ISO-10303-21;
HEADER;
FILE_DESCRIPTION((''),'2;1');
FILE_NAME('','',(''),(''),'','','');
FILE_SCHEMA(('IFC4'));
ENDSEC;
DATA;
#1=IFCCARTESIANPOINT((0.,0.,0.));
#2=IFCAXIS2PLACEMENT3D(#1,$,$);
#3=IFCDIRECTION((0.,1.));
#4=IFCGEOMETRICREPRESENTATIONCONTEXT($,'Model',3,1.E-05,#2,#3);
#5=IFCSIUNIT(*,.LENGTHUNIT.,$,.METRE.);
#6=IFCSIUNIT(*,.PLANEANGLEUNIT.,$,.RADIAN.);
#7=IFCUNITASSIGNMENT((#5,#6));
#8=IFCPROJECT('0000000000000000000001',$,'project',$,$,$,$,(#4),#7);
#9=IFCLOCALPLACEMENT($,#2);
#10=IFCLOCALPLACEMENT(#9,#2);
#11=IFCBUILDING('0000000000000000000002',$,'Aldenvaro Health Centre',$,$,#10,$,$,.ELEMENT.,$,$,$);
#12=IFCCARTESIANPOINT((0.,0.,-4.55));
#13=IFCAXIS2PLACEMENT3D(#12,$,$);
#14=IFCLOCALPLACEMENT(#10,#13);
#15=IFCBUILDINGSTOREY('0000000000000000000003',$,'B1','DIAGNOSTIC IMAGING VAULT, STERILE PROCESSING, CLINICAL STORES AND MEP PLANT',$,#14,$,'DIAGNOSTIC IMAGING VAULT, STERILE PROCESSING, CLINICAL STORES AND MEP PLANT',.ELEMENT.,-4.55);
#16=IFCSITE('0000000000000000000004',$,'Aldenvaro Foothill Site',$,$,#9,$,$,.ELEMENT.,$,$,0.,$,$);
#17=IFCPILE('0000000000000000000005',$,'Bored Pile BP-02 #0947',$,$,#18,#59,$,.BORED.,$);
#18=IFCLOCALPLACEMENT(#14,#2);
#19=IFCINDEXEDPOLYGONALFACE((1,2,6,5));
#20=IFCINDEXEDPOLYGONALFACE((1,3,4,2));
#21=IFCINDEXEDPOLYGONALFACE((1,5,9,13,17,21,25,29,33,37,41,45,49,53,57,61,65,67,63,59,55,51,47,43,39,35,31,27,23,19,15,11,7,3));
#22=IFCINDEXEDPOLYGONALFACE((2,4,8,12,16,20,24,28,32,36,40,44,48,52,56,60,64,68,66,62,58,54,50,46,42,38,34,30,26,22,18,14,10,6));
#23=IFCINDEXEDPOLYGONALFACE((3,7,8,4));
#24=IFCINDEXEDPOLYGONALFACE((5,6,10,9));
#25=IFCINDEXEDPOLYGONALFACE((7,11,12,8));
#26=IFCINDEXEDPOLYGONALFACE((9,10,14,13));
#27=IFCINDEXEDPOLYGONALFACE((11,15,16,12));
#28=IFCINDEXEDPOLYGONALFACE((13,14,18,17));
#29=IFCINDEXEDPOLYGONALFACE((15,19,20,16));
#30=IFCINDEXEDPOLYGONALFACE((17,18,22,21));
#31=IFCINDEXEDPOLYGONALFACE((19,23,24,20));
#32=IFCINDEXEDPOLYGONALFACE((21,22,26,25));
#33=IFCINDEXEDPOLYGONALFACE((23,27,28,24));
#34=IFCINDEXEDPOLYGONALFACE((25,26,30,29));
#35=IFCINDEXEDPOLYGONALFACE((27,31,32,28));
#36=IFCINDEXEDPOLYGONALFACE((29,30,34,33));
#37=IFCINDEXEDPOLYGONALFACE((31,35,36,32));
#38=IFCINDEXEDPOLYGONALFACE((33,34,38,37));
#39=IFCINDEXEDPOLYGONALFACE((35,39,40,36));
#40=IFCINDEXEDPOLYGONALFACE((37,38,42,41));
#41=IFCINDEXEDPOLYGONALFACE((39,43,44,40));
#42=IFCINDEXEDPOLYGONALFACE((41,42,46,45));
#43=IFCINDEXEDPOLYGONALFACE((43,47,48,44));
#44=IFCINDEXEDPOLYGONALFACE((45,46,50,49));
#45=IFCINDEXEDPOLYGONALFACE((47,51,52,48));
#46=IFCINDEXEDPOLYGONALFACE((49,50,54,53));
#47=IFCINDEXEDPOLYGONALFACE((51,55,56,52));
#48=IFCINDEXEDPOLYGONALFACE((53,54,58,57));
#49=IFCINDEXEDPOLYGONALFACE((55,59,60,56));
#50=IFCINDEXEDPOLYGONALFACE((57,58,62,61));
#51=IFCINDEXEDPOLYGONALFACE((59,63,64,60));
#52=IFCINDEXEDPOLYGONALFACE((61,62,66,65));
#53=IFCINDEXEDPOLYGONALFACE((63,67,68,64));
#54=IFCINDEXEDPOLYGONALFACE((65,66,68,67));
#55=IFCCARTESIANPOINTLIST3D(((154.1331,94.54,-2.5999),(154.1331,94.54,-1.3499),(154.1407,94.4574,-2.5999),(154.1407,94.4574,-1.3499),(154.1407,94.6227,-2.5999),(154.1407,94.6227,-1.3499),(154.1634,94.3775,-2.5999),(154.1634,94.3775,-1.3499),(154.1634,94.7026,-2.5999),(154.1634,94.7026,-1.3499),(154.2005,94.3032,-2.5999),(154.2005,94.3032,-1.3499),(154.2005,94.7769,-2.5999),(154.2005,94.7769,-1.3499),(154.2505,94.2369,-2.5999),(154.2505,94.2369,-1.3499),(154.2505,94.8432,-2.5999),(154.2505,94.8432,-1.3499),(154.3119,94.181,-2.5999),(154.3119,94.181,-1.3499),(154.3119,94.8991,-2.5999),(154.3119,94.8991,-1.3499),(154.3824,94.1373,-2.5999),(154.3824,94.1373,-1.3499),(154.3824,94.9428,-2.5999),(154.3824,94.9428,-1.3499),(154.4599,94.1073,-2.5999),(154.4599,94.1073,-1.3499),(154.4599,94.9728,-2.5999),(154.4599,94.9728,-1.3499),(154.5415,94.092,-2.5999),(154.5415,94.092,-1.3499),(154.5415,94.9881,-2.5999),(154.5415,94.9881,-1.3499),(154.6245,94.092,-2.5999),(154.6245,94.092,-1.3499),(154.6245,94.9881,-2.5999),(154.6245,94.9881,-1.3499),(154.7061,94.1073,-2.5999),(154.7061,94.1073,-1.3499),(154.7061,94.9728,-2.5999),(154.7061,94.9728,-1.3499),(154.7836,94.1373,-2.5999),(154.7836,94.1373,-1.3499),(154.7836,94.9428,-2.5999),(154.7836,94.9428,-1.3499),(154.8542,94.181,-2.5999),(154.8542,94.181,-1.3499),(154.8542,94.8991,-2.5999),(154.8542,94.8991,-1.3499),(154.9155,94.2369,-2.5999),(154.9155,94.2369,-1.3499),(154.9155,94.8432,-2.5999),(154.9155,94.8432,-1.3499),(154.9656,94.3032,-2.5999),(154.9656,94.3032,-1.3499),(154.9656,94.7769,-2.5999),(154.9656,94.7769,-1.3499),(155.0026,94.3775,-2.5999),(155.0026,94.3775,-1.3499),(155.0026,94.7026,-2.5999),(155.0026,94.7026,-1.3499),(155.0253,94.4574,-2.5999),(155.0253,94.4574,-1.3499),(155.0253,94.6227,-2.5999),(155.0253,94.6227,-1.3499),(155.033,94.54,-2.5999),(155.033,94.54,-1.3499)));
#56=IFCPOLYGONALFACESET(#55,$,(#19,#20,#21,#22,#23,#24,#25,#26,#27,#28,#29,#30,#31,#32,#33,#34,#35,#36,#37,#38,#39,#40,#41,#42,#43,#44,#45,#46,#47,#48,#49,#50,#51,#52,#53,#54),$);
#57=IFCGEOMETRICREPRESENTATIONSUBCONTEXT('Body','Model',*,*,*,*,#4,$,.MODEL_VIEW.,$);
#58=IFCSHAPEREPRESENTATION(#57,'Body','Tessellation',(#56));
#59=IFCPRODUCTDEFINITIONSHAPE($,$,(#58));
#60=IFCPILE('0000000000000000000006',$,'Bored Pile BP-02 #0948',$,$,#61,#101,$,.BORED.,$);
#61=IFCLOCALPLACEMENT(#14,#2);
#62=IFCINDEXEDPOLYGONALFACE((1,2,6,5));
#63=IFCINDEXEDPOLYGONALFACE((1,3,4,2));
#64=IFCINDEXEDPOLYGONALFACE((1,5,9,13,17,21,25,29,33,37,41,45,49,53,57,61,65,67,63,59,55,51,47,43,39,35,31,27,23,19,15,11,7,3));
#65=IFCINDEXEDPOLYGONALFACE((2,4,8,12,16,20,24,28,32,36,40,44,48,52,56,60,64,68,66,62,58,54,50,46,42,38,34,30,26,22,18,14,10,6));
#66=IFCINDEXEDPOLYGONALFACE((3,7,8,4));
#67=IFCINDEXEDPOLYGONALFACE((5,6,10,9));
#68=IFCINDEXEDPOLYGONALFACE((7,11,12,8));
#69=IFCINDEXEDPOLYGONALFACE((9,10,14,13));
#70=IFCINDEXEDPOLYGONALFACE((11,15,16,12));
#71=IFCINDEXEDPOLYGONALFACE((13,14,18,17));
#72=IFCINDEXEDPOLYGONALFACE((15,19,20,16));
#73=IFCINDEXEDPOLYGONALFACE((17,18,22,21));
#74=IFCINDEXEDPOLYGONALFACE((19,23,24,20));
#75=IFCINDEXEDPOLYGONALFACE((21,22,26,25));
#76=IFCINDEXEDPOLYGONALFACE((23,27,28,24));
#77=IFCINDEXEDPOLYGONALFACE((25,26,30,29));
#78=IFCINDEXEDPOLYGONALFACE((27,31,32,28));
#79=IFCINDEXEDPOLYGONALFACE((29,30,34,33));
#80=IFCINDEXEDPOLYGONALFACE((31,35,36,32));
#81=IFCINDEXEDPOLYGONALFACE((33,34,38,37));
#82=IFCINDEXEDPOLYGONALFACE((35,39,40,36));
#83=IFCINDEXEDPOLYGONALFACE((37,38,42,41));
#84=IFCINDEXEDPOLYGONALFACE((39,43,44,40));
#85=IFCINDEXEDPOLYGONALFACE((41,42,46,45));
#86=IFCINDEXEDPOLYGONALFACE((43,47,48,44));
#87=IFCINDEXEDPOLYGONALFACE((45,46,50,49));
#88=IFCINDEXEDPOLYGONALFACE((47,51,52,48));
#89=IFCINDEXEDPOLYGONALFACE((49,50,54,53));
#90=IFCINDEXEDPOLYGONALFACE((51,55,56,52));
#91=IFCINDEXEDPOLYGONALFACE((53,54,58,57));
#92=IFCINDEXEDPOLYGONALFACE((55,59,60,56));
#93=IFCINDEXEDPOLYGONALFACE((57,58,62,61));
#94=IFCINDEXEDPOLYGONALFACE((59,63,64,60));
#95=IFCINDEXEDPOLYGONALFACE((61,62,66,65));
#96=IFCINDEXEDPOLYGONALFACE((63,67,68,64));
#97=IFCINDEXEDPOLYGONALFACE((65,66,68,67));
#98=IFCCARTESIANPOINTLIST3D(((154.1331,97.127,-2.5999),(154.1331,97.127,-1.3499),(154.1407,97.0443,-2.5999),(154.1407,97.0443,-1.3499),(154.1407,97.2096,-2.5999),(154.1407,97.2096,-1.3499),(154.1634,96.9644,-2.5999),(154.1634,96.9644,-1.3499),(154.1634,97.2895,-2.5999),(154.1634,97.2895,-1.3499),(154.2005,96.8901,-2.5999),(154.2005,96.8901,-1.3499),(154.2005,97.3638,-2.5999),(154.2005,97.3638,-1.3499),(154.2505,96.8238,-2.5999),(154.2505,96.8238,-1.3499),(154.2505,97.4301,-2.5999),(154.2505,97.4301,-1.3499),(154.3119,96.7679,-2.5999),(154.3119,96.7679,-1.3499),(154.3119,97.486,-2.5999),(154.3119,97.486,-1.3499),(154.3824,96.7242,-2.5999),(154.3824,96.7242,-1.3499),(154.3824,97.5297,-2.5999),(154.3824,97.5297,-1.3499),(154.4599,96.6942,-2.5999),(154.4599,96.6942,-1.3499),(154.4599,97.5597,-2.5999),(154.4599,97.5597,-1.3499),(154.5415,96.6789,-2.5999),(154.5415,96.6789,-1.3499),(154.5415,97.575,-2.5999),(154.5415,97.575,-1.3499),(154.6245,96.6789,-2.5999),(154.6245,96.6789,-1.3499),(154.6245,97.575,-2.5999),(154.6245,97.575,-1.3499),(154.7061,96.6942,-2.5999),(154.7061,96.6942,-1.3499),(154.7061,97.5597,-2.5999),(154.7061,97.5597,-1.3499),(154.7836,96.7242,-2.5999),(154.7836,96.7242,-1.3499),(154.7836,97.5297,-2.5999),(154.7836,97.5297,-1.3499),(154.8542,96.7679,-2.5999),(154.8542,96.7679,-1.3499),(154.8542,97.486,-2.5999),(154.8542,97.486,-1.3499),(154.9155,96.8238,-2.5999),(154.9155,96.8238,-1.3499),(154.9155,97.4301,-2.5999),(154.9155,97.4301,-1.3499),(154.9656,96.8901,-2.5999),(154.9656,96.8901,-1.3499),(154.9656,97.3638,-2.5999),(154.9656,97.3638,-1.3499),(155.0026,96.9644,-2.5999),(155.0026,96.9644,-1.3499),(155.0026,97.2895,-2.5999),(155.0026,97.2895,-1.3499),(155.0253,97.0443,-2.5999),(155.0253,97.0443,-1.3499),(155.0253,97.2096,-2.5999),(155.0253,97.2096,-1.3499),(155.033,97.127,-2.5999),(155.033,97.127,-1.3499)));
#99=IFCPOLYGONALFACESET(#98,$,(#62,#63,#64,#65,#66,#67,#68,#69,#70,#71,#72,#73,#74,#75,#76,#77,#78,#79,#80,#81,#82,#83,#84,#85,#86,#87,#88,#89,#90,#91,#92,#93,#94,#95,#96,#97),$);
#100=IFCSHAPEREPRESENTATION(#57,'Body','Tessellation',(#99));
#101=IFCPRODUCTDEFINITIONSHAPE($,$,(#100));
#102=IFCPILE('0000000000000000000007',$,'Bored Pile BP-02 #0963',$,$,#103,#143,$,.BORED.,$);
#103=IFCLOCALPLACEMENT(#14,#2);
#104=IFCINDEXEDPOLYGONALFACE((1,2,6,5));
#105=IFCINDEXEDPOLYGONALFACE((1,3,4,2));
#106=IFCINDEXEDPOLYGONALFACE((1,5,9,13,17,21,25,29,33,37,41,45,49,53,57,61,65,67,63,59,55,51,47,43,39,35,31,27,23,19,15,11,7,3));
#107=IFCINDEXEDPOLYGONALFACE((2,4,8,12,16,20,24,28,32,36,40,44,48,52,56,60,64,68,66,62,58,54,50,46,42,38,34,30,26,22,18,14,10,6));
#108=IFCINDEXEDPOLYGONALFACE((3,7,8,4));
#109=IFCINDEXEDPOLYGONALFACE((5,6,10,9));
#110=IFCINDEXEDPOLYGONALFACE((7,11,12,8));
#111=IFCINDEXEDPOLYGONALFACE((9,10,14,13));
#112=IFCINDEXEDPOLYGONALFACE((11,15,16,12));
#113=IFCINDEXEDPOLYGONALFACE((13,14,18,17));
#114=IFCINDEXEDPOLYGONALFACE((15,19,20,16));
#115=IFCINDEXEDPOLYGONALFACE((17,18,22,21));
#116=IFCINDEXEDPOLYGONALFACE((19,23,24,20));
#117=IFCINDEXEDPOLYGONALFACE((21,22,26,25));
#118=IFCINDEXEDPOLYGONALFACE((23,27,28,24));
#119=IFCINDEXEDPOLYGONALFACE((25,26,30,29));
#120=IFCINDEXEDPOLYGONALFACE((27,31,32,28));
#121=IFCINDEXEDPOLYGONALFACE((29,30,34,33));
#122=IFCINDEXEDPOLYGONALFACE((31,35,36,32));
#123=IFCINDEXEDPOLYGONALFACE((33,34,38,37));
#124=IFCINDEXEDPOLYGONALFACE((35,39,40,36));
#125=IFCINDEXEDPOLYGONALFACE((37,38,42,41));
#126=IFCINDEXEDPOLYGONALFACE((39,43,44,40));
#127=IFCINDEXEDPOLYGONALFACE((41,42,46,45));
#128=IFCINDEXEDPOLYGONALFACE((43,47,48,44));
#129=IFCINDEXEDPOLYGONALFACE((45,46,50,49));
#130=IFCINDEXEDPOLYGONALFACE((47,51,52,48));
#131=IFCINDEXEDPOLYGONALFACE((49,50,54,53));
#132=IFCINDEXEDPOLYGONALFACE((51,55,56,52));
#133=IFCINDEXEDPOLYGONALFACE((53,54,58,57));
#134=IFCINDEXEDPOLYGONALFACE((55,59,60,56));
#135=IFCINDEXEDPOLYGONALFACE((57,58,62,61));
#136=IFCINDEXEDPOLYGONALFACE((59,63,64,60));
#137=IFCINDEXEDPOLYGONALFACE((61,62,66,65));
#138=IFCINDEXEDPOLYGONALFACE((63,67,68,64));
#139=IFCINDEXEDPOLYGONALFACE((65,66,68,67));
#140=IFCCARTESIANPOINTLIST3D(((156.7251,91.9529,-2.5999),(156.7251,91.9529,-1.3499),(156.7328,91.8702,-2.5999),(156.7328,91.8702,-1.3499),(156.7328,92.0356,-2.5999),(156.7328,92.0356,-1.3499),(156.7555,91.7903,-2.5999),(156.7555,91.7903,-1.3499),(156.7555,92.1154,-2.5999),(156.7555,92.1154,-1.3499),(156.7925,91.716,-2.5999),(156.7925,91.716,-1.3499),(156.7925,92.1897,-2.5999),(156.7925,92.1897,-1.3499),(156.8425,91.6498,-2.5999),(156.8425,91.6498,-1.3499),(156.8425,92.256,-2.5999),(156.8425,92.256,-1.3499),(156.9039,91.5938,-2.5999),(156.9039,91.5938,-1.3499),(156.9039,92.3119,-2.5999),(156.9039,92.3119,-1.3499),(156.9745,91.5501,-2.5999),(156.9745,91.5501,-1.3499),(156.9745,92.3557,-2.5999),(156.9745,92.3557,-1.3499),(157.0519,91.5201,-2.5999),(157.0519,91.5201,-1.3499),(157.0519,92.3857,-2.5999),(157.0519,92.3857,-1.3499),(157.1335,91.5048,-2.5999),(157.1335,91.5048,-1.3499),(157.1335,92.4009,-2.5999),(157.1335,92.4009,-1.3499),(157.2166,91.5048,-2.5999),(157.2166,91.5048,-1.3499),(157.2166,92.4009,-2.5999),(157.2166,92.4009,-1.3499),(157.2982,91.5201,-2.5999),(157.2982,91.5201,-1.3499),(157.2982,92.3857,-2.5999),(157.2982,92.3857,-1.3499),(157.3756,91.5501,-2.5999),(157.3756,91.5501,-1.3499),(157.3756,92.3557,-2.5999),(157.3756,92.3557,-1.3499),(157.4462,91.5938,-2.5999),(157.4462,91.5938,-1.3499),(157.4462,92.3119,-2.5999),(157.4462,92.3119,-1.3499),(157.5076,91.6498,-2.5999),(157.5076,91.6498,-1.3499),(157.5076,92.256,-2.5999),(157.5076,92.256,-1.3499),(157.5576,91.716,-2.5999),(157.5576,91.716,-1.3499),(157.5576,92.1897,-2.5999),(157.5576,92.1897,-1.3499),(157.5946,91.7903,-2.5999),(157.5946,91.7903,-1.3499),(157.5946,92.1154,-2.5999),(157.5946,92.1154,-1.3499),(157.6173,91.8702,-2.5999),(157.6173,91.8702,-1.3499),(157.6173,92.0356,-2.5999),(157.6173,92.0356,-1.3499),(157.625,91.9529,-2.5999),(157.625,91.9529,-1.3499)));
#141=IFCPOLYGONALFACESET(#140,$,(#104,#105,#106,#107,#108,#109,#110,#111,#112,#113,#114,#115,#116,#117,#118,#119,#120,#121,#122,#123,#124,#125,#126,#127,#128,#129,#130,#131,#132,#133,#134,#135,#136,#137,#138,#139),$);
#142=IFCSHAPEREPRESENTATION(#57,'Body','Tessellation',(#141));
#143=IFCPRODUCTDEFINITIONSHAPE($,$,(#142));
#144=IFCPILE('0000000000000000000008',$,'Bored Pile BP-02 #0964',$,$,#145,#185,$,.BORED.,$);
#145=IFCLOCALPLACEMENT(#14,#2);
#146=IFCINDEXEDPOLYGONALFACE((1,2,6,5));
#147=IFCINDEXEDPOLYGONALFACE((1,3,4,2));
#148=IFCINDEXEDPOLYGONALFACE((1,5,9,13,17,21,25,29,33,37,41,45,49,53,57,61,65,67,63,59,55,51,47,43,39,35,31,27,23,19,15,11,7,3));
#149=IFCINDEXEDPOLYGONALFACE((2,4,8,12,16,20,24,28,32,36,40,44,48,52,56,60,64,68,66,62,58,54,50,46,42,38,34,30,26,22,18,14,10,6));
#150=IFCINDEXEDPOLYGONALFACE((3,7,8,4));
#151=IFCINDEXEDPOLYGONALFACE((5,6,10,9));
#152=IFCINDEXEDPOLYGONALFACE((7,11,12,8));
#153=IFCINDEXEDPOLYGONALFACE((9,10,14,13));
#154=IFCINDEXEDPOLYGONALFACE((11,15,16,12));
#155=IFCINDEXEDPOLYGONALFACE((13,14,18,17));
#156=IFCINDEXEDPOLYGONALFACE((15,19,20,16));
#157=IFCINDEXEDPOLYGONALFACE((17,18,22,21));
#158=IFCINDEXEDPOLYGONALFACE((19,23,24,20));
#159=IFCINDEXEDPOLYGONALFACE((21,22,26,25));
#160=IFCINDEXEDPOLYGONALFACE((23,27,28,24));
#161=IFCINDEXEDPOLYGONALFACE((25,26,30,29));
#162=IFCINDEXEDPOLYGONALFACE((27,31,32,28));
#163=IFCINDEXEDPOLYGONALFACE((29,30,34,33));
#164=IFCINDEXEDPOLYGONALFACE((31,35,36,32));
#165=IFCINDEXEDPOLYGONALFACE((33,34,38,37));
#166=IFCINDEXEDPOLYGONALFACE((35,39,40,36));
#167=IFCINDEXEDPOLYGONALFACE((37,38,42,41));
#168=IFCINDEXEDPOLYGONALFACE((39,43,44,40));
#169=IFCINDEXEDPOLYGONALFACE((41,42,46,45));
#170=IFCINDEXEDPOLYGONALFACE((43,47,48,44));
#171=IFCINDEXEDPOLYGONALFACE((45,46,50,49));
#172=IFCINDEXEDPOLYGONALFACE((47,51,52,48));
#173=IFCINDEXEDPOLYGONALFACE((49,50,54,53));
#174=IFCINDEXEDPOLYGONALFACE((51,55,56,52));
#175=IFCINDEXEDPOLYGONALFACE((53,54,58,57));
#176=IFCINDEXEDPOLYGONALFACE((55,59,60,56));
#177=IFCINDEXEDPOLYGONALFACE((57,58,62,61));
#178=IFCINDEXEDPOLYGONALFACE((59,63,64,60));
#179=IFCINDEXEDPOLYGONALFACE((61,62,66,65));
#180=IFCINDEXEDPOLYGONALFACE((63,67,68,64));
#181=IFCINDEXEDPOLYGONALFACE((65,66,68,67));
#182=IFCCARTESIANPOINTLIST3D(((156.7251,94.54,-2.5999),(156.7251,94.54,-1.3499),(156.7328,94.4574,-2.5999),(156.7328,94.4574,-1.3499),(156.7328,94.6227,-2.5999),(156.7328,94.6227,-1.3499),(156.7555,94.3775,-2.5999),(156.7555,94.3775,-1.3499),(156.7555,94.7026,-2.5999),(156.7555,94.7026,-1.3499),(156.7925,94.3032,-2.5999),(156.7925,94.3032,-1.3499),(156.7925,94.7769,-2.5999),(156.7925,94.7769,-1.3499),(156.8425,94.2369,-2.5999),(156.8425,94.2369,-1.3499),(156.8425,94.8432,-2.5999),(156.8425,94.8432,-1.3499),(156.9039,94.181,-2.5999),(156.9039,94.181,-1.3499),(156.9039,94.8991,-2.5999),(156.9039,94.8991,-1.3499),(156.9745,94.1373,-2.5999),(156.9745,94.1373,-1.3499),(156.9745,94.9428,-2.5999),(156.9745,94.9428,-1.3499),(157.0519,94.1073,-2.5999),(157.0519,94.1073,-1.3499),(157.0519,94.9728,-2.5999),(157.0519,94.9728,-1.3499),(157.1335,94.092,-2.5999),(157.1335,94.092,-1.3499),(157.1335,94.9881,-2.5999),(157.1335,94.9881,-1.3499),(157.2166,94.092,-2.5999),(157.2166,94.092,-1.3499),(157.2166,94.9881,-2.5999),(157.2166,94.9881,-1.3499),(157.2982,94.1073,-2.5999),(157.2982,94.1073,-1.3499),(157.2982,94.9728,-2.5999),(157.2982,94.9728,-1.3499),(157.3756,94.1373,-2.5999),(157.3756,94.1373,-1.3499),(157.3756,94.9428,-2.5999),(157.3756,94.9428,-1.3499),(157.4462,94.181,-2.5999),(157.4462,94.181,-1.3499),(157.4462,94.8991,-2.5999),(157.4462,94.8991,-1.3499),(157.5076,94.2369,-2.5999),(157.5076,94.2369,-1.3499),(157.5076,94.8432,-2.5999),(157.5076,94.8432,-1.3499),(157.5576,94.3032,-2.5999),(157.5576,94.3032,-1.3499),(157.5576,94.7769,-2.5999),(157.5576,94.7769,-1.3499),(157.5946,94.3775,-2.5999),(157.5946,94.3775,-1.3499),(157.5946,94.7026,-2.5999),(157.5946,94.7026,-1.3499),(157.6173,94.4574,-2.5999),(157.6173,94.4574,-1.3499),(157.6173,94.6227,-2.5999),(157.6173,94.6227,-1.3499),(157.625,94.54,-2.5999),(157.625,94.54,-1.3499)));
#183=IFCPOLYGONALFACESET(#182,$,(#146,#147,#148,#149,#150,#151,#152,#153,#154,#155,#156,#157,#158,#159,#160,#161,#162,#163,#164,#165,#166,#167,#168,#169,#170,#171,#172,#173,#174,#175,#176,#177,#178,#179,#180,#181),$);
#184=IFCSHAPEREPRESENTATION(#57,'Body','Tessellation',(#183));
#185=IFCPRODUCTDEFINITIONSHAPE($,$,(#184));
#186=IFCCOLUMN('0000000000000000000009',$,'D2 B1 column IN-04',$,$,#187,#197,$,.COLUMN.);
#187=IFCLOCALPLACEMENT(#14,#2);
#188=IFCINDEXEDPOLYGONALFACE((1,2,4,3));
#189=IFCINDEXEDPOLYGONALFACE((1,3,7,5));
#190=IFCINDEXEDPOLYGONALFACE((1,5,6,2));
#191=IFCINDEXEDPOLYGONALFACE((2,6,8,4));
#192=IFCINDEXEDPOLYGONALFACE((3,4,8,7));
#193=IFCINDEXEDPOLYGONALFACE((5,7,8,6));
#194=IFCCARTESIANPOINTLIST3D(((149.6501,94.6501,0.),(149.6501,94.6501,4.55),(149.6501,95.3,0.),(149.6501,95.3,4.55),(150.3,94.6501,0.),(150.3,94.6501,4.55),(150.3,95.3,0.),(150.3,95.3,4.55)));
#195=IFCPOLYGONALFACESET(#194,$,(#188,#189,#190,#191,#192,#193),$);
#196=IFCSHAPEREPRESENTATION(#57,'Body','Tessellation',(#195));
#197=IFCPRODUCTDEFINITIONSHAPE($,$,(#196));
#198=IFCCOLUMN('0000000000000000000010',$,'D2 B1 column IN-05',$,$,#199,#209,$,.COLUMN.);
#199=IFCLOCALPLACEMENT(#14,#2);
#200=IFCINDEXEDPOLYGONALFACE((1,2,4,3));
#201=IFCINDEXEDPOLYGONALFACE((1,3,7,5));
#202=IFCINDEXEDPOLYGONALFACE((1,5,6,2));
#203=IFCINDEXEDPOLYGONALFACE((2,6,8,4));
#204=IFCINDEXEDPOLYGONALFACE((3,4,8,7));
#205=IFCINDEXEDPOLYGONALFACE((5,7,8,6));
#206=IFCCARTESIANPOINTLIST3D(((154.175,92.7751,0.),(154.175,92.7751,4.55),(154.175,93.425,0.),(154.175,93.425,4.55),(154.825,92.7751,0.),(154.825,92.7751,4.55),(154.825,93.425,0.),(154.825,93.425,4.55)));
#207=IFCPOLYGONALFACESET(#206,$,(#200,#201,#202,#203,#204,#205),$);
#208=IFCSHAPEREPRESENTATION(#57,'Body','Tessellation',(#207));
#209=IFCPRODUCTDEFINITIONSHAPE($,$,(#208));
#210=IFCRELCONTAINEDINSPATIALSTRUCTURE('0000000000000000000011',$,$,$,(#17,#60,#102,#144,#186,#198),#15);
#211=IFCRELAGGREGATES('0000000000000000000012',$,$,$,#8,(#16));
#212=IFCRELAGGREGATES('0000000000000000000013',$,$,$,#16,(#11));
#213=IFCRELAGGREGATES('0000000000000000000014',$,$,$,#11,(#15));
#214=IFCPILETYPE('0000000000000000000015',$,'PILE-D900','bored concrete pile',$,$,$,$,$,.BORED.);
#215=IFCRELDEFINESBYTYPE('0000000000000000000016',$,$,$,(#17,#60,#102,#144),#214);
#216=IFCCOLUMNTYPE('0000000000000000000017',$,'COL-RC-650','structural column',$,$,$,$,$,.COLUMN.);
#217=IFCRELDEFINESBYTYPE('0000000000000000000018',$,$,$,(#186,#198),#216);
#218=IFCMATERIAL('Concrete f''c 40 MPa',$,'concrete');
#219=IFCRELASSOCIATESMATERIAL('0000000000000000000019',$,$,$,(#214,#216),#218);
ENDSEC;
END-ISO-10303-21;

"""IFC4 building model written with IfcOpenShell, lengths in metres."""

from ifc_helpers import new_model, si_unit, direction, frame, origin, origin_2d, place, context, subcontext, project, spatial, rectangle, circle, extrude, material, material_profile, profile_set, type_object, element, save


model = new_model("IFC4")

# Units and contexts
model_context = context("Model", 3, precision=1e-05, world=origin(), true_north=direction((0.0, 1.0)))
body_context = subcontext(model_context, "Body", "Model", "MODEL_VIEW")
ifc_project = project(units=[si_unit("LENGTHUNIT", "METRE"), si_unit("PLANEANGLEUNIT", "RADIAN")], contexts=[model_context])

# Site, building, storey
site_placement = place(None, origin())
site = spatial("IfcSite", under=ifc_project, at=site_placement, Name="Aldenvaro Foothill Site", CompositionType="ELEMENT", RefElevation=0.0)
building_placement = place(site_placement, origin())
building = spatial("IfcBuilding", under=site, at=building_placement, Name="Aldenvaro Health Centre", CompositionType="ELEMENT")
storey_placement = place(building_placement, frame((0.0, 0.0, -4.55)))
storey = spatial("IfcBuildingStorey", under=building, at=storey_placement, Name="B1", Description="DIAGNOSTIC IMAGING VAULT, STERILE PROCESSING, CLINICAL STORES AND MEP PLANT", LongName="DIAGNOSTIC IMAGING VAULT, STERILE PROCESSING, CLINICAL STORES AND MEP PLANT", CompositionType="ELEMENT", Elevation=-4.55)

# Shared definitions
ifc_material_1 = material(Name="Concrete f'c 40 MPa", Category="concrete")

# Piles
ifc_material_profile_1 = material_profile(ifc_material_1, circle(Radius=0.45, at=origin_2d()), Name="PILE D900", Category="concrete")
ifc_profile_set_1 = profile_set([ifc_material_profile_1], Name="Concrete f'c 40 MPa")
pile_type = type_object("IfcPileType", Name="PILE-D900", Description="bored concrete pile", PredefinedType="BORED", material=ifc_profile_set_1)
for number, where, z_axis, x_axis, name in (
    (1, (154.583, 94.54, -1.3499), (0.0, 0.0, -1.0), (1.0, 0.0, 0.0), "Bored Pile BP-02 #0947"),
    (2, (154.583, 97.127, -1.3499), (0.0, 0.0, -1.0), (1.0, 0.0, 0.0), "Bored Pile BP-02 #0948"),
    (3, (157.175, 91.9529, -1.3499), (0.0, 0.0, -1.0), (1.0, 0.0, 0.0), "Bored Pile BP-02 #0963"),
    (4, (157.175, 94.54, -1.3499), (0.0, 0.0, -1.0), (1.0, 0.0, 0.0), "Bored Pile BP-02 #0964"),
):
    element("IfcPile", number, at=place(storey_placement, frame(where, z_axis=z_axis, x_axis=x_axis)), inside=storey, type_object=pile_type, Name=name, PredefinedType="BORED", context=body_context, shape_type="SweptSolid", body=[
        extrude(circle(Radius=0.45, at=origin_2d()), origin(), (0.0, 0.0, 1.0), 1.25),
    ])

# Columns
ifc_material_profile_2 = material_profile(ifc_material_1, rectangle(XDim=0.6499, YDim=0.6499, at=origin_2d()), Name="RC 650x650", Category="concrete")
ifc_profile_set_2 = profile_set([ifc_material_profile_2], Name="Concrete f'c 40 MPa")
column_type = type_object("IfcColumnType", Name="COL-RC-650", Description="structural column", PredefinedType="COLUMN", material=ifc_profile_set_2)
for number, where, z_axis, x_axis, name in (
    (5, (149.9751, 94.9751, 0.0), (0.0, 0.0, 1.0), (1.0, 0.0, 0.0), "D2 B1 column IN-04"),
    (6, (154.5, 93.1001, 0.0), (0.0, 0.0, 1.0), (1.0, 0.0, 0.0), "D2 B1 column IN-05"),
):
    element("IfcColumn", number, at=place(storey_placement, frame(where, z_axis=z_axis, x_axis=x_axis)), inside=storey, type_object=column_type, Name=name, PredefinedType="COLUMN", context=body_context, shape_type="SweptSolid", body=[
        extrude(rectangle(XDim=0.6499, YDim=0.6499, at=origin_2d()), origin(), (0.0, 0.0, 1.0), 4.55),
    ])

save(model, "model.ifc")
